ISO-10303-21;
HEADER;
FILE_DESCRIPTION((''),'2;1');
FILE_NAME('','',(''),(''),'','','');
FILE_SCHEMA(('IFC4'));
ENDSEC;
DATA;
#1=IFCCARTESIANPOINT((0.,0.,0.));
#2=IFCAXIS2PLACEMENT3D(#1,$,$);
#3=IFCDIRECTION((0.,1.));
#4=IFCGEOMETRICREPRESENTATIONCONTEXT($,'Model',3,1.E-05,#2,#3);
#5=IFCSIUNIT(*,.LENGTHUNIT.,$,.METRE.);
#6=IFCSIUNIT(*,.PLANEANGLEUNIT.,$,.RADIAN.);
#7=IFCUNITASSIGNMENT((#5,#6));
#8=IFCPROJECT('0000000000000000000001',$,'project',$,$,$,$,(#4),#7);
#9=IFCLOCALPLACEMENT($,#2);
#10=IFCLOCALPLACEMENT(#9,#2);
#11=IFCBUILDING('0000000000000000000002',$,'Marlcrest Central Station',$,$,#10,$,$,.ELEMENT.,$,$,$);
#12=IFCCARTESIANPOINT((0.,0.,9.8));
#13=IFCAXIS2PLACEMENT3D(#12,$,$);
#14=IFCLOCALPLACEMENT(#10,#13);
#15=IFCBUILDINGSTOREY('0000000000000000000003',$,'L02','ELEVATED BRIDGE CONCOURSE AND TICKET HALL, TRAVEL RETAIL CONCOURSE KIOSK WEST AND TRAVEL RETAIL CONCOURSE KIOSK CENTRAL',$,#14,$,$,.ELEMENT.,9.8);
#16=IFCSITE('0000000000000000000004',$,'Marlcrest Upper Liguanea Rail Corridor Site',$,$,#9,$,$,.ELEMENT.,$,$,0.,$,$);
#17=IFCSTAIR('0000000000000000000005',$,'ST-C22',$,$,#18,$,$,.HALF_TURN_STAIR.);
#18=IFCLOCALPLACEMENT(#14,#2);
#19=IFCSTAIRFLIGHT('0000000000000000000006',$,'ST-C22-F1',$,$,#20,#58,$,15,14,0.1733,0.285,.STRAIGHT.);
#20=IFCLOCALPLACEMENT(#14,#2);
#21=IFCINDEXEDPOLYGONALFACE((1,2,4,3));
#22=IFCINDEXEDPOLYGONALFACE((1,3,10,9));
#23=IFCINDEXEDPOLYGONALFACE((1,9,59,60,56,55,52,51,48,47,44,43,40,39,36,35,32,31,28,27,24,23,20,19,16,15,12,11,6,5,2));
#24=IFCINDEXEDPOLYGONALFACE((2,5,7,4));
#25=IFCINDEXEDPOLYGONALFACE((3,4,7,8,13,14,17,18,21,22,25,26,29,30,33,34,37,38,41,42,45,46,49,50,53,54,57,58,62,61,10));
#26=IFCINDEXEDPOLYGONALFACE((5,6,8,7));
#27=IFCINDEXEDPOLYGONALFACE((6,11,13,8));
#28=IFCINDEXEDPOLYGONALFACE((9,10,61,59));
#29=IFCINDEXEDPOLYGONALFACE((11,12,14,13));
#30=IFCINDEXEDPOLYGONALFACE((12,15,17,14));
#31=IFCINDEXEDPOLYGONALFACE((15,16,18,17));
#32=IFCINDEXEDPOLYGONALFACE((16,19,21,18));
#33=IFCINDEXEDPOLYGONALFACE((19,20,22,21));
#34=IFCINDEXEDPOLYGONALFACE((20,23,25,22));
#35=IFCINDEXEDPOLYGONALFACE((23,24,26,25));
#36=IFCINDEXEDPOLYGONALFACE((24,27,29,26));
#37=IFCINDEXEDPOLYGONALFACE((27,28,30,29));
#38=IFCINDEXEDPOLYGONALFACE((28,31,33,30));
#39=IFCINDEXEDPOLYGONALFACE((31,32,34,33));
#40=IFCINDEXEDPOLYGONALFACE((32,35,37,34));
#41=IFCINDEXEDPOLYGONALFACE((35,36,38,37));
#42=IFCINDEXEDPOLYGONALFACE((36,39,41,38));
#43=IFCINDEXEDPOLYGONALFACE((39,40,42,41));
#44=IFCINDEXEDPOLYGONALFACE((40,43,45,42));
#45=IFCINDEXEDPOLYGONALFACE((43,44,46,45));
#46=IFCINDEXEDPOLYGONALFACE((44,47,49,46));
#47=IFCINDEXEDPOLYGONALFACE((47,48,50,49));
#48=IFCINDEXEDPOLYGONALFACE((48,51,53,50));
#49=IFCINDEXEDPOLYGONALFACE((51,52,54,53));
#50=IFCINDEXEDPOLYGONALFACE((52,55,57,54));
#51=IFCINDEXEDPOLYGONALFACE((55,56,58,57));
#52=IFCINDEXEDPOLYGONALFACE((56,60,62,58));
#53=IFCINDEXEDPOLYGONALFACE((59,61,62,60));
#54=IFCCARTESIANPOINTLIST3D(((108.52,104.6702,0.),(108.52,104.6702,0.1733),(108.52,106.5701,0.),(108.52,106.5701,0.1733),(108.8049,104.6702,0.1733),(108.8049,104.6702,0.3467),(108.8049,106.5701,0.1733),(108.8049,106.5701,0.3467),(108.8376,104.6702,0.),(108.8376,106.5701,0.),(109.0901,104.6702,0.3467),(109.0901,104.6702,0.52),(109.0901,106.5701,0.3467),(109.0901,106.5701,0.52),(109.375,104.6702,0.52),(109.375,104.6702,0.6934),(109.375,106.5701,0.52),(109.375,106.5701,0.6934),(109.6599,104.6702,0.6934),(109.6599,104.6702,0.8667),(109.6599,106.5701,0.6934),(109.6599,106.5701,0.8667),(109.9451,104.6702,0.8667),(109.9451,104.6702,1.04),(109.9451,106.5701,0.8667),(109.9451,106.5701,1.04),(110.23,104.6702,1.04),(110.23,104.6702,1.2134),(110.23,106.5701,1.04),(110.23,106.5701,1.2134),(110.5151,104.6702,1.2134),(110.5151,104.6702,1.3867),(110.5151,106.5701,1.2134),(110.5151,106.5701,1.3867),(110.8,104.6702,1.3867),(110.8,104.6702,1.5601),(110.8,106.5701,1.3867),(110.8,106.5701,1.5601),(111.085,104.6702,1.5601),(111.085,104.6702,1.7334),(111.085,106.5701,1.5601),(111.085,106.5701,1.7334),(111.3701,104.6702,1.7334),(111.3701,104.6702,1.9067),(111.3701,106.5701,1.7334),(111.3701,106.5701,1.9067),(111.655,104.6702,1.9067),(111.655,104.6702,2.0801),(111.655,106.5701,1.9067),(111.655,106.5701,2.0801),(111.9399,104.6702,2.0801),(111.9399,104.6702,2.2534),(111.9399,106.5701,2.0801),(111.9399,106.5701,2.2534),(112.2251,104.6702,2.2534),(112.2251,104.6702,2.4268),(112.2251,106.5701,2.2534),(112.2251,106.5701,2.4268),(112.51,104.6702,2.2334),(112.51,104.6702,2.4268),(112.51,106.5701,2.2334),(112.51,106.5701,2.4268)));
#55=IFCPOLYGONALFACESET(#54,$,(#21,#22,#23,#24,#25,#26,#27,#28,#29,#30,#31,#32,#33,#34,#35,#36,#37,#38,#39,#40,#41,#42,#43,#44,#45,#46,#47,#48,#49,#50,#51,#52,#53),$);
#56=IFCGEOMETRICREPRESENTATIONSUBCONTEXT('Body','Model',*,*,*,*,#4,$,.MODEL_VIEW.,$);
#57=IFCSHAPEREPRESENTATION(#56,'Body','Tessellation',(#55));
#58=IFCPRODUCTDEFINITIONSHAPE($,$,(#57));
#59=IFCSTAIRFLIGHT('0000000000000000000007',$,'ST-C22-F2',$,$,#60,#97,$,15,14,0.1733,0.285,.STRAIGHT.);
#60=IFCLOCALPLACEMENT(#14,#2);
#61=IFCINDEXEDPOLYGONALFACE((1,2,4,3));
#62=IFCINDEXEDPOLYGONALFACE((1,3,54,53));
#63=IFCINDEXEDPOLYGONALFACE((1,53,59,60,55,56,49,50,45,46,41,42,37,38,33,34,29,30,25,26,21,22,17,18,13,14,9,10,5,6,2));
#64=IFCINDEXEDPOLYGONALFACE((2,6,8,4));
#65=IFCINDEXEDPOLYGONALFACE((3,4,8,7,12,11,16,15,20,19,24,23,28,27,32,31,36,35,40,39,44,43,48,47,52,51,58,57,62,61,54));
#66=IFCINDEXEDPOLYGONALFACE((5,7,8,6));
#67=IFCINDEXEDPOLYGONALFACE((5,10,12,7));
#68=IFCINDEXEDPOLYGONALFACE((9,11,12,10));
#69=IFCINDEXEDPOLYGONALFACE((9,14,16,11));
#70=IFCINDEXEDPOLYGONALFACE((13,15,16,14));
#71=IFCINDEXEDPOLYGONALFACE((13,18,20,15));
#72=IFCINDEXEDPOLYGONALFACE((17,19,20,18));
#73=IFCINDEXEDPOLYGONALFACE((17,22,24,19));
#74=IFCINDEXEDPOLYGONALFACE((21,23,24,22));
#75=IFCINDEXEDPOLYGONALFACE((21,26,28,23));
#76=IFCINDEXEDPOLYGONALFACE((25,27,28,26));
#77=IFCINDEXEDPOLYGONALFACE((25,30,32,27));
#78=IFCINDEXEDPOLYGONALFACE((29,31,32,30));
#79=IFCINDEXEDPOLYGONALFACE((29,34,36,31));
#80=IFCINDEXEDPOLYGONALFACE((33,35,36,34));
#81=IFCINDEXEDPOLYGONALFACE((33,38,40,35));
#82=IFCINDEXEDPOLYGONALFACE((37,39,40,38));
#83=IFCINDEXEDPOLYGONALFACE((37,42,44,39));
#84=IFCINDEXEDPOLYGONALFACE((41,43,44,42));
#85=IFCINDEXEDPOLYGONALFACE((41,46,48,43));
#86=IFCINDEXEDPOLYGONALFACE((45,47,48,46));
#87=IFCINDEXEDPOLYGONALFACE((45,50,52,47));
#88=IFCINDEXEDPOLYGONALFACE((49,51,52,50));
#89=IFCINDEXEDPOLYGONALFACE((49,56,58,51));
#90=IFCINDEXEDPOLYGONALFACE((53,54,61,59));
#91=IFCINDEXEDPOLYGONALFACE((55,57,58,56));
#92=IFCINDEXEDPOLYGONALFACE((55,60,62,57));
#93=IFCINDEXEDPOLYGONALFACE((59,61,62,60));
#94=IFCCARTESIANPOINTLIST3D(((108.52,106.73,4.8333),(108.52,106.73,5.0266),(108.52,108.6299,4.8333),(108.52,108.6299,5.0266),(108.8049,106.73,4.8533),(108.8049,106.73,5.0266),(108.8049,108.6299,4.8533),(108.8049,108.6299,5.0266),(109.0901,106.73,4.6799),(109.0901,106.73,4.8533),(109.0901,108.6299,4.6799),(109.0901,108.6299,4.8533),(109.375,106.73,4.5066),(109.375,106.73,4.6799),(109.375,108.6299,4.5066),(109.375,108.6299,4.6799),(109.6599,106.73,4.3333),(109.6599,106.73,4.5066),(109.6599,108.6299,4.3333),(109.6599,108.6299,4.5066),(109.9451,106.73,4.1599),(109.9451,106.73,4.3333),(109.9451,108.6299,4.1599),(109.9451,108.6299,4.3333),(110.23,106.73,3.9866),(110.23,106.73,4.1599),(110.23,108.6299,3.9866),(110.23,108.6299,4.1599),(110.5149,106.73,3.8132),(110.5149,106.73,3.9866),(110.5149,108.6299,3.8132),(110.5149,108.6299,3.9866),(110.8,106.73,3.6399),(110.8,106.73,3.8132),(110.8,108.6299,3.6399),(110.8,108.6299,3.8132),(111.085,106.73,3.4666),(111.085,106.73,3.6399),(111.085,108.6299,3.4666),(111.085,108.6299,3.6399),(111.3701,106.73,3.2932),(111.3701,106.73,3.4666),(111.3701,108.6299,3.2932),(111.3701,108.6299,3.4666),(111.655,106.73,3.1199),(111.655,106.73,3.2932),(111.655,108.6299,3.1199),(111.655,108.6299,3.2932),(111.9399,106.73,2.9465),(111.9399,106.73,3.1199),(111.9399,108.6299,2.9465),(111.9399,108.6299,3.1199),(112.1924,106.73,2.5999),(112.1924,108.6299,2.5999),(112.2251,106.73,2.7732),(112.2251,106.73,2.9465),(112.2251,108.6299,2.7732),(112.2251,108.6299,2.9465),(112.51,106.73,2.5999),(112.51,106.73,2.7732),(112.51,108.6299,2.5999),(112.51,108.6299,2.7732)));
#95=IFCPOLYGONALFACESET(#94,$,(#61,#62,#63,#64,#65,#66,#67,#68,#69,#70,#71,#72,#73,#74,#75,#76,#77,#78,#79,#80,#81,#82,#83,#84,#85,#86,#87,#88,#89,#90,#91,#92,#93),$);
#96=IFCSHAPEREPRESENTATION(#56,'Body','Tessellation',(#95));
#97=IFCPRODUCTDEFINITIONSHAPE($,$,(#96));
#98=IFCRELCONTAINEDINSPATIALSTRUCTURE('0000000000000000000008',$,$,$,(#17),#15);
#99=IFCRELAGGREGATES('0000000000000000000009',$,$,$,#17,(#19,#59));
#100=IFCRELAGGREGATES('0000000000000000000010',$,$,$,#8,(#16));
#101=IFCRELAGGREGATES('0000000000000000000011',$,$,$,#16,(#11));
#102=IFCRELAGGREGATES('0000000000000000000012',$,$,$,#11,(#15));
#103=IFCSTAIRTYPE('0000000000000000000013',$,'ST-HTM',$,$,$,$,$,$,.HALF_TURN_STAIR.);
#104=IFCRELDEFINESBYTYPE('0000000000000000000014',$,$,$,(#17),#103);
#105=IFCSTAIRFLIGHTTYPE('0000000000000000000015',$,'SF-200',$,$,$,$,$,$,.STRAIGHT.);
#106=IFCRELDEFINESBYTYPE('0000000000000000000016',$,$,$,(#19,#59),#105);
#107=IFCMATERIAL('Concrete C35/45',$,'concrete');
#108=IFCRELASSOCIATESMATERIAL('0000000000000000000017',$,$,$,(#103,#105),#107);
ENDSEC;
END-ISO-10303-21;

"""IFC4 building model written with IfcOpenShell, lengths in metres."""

from ifc_helpers import new_model, si_unit, direction, frame, origin, place, context, subcontext, project, spatial, polyline, outline, extrude, material, type_object, element, aggregate, save


model = new_model("IFC4")

# Units and contexts
model_context = context("Model", 3, precision=1e-05, world=origin(), true_north=direction((0.0, 1.0)))
body_context = subcontext(model_context, "Body", "Model", "MODEL_VIEW")
ifc_project = project(units=[si_unit("LENGTHUNIT", "METRE"), si_unit("PLANEANGLEUNIT", "RADIAN")], contexts=[model_context])

# Site, building, storey
site_placement = place(None, origin())
site = spatial("IfcSite", under=ifc_project, at=site_placement, Name="Marlcrest Upper Liguanea Rail Corridor Site", CompositionType="ELEMENT", RefElevation=0.0)
building_placement = place(site_placement, origin())
building = spatial("IfcBuilding", under=site, at=building_placement, Name="Marlcrest Central Station", CompositionType="ELEMENT")
storey_placement = place(building_placement, frame((0.0, 0.0, 9.8)))
storey = spatial("IfcBuildingStorey", under=building, at=storey_placement, Name="L02", Description="ELEVATED BRIDGE CONCOURSE AND TICKET HALL, TRAVEL RETAIL CONCOURSE KIOSK WEST AND TRAVEL RETAIL CONCOURSE KIOSK CENTRAL", CompositionType="ELEMENT", Elevation=9.8)

# Stair, stair flights
ifc_material_1 = material(Name="Concrete C35/45", Category="concrete")
stair_type = type_object("IfcStairType", Name="ST-HTM", PredefinedType="HALF_TURN_STAIR", material=ifc_material_1)
stair_placement = place(storey_placement, origin())
stair = element("IfcStair", 1, at=stair_placement, inside=storey, type_object=stair_type, Name="ST-C22", PredefinedType="HALF_TURN_STAIR")
stair_flight_type = type_object("IfcStairFlightType", Name="SF-200", PredefinedType="STRAIGHT", material=ifc_material_1)
stair_flight_1_placement = place(storey_placement, frame((108.52, 105.6201, 0.0), z_axis=(0.0, 0.0, 1.0), x_axis=(1.0, 0.0, 0.0)))
stair_flight_1 = element("IfcStairFlight", 2, at=stair_flight_1_placement, type_object=stair_flight_type, Name="ST-C22-F1", NumberOfRisers=15, NumberOfTreads=14, PredefinedType="STRAIGHT", RiserHeight=0.1733, TreadLength=0.285, context=body_context, shape_type="SweptSolid", body=[
    extrude(outline(polyline([(0.0, 0.0), (0.0, 0.1733), (0.2849, 0.1733), (0.2849, 0.3467), (0.5701, 0.3467), (0.5701, 0.52), (0.855, 0.52), (0.855, 0.6934), (1.1399, 0.6934), (1.1399, 0.8667), (1.425, 0.8667), (1.425, 1.04), (1.71, 1.04), (1.71, 1.2134), (1.9951, 1.2134), (1.9951, 1.3867), (2.28, 1.3867), (2.28, 1.5601), (2.5649, 1.5601), (2.5649, 1.7334), (2.8501, 1.7334), (2.8501, 1.9067), (3.135, 1.9067), (3.135, 2.0801), (3.4199, 2.0801), (3.4199, 2.2534), (3.7051, 2.2534), (3.7051, 2.4268), (3.99, 2.4268), (3.99, 2.6001), (3.99, 2.2334), (0.3176, 0.0), (0.0, 0.0)])), frame((0.0, 0.95, 0.0), z_axis=(0.0, -1.0, 0.0), x_axis=(1.0, 0.0, 0.0)), (0.0, 0.0, 1.0), 1.8999),
])
stair_flight_2_placement = place(storey_placement, frame((112.51, 107.6799, 2.5999), z_axis=(0.0, 0.0, 1.0), x_axis=(-1.0, 0.0, 0.0)))
stair_flight_2 = element("IfcStairFlight", 3, at=stair_flight_2_placement, type_object=stair_flight_type, Name="ST-C22-F2", NumberOfRisers=15, NumberOfTreads=14, PredefinedType="STRAIGHT", RiserHeight=0.1733, TreadLength=0.285, context=body_context, shape_type="SweptSolid", body=[
    extrude(outline(polyline([(0.0, 0.0), (0.0, 0.1733), (0.2849, 0.1733), (0.2849, 0.3467), (0.5701, 0.3467), (0.5701, 0.52), (0.855, 0.52), (0.855, 0.6934), (1.1399, 0.6934), (1.1399, 0.8667), (1.425, 0.8667), (1.425, 1.04), (1.71, 1.04), (1.71, 1.2134), (1.9951, 1.2134), (1.9951, 1.3867), (2.28, 1.3867), (2.28, 1.5601), (2.5649, 1.5601), (2.5649, 1.7334), (2.8501, 1.7334), (2.8501, 1.9067), (3.135, 1.9067), (3.135, 2.0801), (3.4199, 2.0801), (3.4199, 2.2534), (3.7051, 2.2534), (3.7051, 2.4268), (3.99, 2.4268), (3.99, 2.6001), (3.99, 2.2334), (0.3176, 0.0), (0.0, 0.0)])), frame((0.0, 0.95, 0.0), z_axis=(0.0, -1.0, 0.0), x_axis=(1.0, 0.0, 0.0)), (0.0, 0.0, 1.0), 1.8999),
])
aggregate(stair, [stair_flight_1, stair_flight_2])

save(model, "model.ifc")
